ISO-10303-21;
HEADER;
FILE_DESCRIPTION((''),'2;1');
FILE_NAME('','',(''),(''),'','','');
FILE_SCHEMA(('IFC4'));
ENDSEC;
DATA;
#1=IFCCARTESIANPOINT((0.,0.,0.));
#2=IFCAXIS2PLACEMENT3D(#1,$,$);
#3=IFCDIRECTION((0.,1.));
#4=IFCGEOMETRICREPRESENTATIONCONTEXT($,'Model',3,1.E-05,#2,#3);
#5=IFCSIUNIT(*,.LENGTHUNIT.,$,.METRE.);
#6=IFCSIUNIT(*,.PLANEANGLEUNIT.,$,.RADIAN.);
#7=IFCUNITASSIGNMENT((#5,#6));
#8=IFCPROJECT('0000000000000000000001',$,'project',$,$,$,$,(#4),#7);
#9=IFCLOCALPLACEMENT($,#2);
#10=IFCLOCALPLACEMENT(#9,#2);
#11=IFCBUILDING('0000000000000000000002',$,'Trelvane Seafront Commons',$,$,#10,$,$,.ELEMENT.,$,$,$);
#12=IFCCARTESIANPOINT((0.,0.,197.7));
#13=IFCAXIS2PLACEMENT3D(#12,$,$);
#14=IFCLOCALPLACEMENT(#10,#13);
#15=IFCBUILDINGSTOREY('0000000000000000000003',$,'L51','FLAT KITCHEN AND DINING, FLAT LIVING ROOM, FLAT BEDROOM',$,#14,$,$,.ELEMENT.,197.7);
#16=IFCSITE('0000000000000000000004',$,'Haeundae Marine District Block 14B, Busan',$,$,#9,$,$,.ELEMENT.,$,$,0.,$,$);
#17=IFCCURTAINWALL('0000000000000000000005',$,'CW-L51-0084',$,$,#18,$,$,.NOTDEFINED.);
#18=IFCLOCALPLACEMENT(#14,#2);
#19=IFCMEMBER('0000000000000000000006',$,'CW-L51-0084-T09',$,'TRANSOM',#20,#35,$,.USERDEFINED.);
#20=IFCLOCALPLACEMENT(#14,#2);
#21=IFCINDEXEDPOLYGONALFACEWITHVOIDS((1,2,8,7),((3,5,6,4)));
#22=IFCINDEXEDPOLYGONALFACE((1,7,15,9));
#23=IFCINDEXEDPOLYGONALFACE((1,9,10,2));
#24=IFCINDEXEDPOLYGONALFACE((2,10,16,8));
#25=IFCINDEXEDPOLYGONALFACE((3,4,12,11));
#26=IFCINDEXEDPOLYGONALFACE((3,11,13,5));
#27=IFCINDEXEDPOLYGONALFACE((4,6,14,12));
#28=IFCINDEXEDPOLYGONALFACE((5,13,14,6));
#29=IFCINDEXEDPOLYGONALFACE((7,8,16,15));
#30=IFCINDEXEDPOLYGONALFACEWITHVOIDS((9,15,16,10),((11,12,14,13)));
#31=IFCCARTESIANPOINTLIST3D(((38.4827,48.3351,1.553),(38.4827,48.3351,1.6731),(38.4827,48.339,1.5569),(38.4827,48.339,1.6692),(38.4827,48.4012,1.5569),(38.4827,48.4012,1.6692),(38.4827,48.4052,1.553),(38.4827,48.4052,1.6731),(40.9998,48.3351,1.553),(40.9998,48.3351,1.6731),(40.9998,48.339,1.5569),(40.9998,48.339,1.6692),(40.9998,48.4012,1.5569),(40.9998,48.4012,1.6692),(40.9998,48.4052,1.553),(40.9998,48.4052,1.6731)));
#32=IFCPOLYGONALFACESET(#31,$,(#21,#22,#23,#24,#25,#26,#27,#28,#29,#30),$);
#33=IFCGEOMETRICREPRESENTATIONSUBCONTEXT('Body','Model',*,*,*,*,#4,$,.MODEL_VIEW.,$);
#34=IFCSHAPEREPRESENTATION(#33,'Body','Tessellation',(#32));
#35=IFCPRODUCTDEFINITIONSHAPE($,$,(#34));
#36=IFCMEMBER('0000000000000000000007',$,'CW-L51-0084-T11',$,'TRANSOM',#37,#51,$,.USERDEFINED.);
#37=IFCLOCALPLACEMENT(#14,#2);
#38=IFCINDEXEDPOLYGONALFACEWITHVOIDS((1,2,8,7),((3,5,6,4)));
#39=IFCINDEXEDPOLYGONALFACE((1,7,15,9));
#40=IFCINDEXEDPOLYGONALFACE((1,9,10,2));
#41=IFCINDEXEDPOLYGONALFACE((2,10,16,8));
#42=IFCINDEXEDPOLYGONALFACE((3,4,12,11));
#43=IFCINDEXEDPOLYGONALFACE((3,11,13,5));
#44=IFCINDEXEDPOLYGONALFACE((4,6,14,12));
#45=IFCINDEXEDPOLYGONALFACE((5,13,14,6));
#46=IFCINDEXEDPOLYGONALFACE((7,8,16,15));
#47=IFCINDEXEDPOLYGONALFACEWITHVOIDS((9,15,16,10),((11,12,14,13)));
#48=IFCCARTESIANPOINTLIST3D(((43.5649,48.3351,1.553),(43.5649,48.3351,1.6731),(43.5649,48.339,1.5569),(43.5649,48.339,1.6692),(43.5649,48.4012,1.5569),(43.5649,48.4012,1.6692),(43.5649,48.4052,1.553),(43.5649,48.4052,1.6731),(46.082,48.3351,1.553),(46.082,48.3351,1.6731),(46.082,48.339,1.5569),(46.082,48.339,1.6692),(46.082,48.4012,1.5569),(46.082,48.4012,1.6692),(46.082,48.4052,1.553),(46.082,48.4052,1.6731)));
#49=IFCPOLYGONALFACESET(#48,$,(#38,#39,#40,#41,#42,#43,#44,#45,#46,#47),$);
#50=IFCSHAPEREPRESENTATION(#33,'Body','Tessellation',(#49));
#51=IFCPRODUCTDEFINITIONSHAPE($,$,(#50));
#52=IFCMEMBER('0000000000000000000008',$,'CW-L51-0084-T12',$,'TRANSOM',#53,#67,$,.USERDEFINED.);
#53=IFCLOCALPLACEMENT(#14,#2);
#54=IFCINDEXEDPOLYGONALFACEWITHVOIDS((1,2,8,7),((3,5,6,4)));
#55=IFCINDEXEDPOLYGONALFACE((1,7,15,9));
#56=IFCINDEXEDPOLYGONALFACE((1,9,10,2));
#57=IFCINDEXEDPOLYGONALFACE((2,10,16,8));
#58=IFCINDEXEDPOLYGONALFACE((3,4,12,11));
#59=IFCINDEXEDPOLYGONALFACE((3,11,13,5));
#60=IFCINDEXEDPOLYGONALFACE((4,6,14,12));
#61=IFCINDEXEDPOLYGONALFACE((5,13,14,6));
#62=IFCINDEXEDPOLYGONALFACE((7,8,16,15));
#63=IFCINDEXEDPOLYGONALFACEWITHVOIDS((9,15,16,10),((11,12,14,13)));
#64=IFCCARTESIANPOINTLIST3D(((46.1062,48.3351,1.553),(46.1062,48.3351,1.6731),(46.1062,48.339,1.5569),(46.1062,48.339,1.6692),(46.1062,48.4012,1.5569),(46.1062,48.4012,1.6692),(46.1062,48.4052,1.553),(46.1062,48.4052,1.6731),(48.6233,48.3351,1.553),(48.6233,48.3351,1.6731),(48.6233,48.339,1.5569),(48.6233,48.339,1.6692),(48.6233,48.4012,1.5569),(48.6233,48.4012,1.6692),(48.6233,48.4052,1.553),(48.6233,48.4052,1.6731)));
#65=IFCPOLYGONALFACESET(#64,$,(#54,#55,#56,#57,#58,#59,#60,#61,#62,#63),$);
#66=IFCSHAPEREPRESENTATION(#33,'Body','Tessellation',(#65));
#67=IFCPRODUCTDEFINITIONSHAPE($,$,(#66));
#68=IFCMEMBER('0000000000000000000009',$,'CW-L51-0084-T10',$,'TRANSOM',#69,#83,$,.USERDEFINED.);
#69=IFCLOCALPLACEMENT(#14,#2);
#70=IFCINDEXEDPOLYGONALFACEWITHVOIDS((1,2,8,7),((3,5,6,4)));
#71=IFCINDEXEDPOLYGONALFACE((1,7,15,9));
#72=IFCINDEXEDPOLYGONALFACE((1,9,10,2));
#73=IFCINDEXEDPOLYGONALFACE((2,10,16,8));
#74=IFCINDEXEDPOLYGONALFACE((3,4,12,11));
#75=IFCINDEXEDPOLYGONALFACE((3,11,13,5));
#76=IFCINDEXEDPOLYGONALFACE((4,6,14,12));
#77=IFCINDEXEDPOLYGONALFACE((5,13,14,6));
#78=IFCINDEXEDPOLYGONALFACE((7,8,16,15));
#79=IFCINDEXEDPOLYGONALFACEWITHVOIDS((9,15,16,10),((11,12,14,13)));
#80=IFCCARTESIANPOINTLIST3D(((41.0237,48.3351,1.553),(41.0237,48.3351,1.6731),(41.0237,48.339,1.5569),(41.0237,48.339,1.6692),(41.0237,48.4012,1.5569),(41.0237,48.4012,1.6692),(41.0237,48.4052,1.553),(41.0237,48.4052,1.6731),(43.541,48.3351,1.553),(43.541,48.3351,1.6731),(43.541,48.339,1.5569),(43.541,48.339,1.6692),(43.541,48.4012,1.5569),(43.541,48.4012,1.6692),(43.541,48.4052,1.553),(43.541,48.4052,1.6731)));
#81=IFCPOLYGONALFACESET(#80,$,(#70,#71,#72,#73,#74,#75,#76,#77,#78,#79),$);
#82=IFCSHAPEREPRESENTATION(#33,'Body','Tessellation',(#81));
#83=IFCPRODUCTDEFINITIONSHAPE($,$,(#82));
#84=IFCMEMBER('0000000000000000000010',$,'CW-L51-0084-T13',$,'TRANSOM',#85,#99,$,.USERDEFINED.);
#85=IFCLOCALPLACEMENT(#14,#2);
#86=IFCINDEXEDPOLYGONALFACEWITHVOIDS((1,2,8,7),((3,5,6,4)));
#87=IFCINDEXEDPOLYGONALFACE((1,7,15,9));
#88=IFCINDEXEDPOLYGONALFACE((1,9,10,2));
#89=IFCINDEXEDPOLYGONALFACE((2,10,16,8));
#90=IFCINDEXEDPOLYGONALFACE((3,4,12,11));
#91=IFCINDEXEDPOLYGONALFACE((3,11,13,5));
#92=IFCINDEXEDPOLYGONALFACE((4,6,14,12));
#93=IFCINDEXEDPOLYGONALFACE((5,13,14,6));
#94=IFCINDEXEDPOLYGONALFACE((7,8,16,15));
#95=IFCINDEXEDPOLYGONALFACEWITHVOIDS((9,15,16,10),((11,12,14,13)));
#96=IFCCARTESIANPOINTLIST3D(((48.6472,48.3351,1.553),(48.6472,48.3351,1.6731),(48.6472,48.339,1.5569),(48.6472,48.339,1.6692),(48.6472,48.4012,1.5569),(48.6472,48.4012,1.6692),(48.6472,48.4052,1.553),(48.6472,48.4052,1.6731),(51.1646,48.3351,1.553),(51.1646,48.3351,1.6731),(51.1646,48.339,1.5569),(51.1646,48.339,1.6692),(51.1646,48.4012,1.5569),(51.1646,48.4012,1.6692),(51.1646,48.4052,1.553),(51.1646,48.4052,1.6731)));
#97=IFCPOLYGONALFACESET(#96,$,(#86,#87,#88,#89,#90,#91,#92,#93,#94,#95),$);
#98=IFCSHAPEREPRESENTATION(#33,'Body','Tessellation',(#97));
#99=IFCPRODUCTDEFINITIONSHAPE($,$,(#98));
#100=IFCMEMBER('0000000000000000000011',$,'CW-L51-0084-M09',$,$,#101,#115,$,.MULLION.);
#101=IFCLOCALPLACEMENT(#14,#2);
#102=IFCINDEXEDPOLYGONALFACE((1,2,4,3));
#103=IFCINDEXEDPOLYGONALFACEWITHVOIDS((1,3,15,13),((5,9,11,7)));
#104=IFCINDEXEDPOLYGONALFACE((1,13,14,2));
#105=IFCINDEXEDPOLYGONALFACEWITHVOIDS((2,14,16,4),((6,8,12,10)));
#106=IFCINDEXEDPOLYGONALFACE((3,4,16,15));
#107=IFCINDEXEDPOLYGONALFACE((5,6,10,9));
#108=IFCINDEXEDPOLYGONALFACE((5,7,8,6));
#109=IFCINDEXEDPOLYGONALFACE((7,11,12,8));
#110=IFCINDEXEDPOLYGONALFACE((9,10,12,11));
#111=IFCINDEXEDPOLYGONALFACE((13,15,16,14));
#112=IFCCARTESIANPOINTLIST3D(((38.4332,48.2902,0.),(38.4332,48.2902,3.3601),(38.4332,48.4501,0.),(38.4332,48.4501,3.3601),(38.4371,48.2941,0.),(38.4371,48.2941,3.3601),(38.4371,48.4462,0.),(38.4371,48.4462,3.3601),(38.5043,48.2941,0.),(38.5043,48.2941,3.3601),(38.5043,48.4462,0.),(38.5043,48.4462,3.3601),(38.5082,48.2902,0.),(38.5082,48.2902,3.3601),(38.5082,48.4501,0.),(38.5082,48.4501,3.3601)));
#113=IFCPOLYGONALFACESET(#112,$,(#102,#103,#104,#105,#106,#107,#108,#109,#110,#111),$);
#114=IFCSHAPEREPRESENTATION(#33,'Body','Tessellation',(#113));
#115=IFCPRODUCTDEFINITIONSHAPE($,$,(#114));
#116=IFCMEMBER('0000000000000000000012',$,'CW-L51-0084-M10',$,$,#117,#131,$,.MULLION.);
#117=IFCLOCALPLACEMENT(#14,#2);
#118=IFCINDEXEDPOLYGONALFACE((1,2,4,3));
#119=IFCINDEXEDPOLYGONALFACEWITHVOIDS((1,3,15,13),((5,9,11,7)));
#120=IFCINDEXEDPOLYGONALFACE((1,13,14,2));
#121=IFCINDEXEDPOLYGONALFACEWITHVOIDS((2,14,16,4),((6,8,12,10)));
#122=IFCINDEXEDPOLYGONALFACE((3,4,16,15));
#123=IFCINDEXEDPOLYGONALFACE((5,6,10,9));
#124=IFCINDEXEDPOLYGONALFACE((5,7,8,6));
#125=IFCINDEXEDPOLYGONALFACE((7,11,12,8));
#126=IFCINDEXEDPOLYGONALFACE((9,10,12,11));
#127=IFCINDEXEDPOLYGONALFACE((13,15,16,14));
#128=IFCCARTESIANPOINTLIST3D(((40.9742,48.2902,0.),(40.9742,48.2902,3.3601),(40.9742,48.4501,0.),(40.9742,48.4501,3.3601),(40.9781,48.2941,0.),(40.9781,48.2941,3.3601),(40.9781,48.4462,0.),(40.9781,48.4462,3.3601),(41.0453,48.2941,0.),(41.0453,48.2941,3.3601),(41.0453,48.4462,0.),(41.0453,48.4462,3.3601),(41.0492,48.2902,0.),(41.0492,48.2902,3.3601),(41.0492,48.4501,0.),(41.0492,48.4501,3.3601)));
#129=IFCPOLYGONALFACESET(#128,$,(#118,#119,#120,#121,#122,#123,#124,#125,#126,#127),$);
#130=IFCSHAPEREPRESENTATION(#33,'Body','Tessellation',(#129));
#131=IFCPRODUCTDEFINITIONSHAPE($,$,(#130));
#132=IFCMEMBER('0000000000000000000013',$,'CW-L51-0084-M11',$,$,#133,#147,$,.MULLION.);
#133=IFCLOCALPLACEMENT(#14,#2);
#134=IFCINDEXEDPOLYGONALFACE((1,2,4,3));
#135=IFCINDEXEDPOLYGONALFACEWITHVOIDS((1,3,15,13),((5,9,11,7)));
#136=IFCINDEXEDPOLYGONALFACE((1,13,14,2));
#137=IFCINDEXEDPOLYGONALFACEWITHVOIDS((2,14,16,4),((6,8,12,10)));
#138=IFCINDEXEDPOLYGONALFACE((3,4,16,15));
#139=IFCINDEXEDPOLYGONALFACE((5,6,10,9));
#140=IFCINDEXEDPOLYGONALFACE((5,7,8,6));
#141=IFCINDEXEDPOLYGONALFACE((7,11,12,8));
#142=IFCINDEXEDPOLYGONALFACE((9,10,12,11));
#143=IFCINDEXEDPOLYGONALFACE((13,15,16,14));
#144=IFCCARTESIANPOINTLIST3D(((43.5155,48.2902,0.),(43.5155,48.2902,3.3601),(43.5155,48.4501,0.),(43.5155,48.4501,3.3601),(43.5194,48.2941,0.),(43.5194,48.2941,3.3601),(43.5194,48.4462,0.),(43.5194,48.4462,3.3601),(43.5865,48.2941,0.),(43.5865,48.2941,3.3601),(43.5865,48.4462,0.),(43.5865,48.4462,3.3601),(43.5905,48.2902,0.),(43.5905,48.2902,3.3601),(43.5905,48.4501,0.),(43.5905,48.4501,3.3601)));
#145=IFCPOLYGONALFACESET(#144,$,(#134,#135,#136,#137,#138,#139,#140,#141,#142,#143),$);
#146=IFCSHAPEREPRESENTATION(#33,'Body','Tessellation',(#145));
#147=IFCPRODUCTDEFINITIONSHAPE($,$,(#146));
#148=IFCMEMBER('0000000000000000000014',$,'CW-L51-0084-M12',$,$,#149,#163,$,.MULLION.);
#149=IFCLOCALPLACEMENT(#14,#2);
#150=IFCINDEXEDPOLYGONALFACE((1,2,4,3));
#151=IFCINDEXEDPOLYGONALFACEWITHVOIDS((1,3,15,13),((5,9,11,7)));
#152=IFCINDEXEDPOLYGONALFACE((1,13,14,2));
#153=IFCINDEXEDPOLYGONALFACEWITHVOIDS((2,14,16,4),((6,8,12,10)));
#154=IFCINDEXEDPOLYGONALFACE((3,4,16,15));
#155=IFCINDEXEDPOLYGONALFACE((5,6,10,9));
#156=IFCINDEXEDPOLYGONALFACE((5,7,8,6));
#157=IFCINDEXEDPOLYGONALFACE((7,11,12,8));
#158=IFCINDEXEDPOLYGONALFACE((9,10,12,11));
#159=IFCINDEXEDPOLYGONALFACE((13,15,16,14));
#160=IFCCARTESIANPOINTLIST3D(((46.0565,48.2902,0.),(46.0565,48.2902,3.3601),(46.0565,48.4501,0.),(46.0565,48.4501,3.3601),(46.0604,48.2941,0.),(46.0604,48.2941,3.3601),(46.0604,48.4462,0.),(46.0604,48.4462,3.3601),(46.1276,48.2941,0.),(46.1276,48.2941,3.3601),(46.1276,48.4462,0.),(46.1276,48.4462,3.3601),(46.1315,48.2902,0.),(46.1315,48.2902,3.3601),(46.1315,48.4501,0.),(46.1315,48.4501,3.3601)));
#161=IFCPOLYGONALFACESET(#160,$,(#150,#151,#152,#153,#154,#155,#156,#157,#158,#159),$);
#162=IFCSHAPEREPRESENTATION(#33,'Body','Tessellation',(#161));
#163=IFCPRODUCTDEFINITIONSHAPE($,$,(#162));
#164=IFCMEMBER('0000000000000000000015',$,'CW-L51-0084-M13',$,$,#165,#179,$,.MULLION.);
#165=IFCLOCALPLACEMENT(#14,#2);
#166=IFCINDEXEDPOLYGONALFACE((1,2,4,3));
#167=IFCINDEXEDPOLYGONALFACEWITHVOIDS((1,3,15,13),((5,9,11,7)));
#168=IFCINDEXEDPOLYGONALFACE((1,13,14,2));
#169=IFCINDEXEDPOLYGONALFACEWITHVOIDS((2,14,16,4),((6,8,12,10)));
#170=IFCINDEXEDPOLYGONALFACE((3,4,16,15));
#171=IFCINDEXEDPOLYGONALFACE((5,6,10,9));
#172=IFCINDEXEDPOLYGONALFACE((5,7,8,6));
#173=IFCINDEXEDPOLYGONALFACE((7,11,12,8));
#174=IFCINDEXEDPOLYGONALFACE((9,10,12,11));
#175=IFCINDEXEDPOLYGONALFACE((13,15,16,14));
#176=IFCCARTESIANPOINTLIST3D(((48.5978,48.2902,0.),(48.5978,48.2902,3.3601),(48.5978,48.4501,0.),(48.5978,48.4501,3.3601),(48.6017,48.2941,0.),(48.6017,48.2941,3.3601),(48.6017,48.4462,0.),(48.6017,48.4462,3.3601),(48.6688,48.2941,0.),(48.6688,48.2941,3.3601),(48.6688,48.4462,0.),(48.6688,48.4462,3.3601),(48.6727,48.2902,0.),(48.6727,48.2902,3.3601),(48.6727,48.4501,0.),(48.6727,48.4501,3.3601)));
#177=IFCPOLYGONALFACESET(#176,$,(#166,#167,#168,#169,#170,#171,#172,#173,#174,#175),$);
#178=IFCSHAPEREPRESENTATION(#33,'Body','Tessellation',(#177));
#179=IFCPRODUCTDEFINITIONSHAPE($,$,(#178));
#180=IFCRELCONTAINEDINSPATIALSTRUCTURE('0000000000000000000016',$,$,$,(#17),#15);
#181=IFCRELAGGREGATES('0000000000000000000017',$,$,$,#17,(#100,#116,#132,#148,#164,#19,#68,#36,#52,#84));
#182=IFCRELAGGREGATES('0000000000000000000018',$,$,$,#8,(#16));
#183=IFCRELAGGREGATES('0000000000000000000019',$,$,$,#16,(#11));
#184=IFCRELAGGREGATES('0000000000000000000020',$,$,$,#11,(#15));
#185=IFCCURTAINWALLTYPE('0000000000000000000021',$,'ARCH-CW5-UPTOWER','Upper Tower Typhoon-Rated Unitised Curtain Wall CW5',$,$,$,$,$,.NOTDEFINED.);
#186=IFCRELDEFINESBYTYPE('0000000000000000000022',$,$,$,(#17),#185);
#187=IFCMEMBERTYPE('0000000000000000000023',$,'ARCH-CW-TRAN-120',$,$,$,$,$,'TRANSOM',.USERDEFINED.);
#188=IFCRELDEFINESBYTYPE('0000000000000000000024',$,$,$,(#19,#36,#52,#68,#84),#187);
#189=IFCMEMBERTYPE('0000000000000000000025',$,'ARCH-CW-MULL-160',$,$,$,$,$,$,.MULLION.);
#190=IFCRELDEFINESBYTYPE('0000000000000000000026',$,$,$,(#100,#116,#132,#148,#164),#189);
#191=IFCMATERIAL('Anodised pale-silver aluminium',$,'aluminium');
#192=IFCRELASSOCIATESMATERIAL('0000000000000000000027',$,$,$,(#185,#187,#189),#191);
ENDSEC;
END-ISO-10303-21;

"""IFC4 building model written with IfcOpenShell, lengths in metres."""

from ifc_helpers import new_model, si_unit, direction, frame, origin, origin_2d, place, context, subcontext, project, spatial, hollow_rectangle, extrude, source, transform, mapped, material, material_profile, profile_set, type_object, element, aggregate, save


model = new_model("IFC4")

# Units and contexts
model_context = context("Model", 3, precision=1e-05, world=origin(), true_north=direction((0.0, 1.0)))
body_context = subcontext(model_context, "Body", "Model", "MODEL_VIEW")
ifc_project = project(units=[si_unit("LENGTHUNIT", "METRE"), si_unit("PLANEANGLEUNIT", "RADIAN")], contexts=[model_context])

# Site, building, storey
site_placement = place(None, origin())
site = spatial("IfcSite", under=ifc_project, at=site_placement, Name="Haeundae Marine District Block 14B, Busan", CompositionType="ELEMENT", RefElevation=0.0)
building_placement = place(site_placement, origin())
building = spatial("IfcBuilding", under=site, at=building_placement, Name="Trelvane Seafront Commons", CompositionType="ELEMENT")
storey_placement = place(building_placement, frame((0.0, 0.0, 197.7)))
storey = spatial("IfcBuildingStorey", under=building, at=storey_placement, Name="L51", Description="FLAT KITCHEN AND DINING, FLAT LIVING ROOM, FLAT BEDROOM", CompositionType="ELEMENT", Elevation=197.7)

# Curtain wall, members
ifc_material_1 = material(Name="Anodised pale-silver aluminium", Category="aluminium")
curtain_wall_type = type_object("IfcCurtainWallType", Name="ARCH-CW5-UPTOWER", Description="Upper Tower Typhoon-Rated Unitised Curtain Wall CW5", PredefinedType="NOTDEFINED", material=ifc_material_1)
curtain_wall_placement = place(storey_placement, origin())
curtain_wall = element("IfcCurtainWall", 1, at=curtain_wall_placement, inside=storey, type_object=curtain_wall_type, Name="CW-L51-0084", PredefinedType="NOTDEFINED")
ifc_material_profile_1 = material_profile(ifc_material_1, hollow_rectangle(XDim=0.0701, YDim=0.1201, WallThickness=0.0039, at=origin_2d()), Name="TRAN-70x120x4")
ifc_profile_set_1 = profile_set([ifc_material_profile_1], Name="Anodised pale-silver aluminium")
member_type_1 = type_object("IfcMemberType", Name="ARCH-CW-TRAN-120", ElementType="TRANSOM", PredefinedType="USERDEFINED", material=ifc_profile_set_1)
shared_shape_1 = source(origin(), body_context, "Body", "SweptSolid", [
    extrude(hollow_rectangle(XDim=0.0701, YDim=0.1201, WallThickness=0.0039, at=origin_2d()), origin(), (0.0, 0.0, 1.0), 2.5171),
])
member_1_placement = place(storey_placement, frame((38.4827, 48.3701, 1.613), z_axis=(1.0, 0.0, 0.0), x_axis=(0.0, 1.0, 0.0)))
member_1 = element("IfcMember", 2, at=member_1_placement, type_object=member_type_1, Name="CW-L51-0084-T09", ObjectType="TRANSOM", PredefinedType="USERDEFINED", context=body_context, shape_type="MappedRepresentation", body=[
    mapped(shared_shape_1, transform((0.0, 0.0, 0.0), x_axis=(1.0, 0.0, 0.0), y_axis=(0.0, 1.0, 0.0), z_axis=(0.0, 0.0, 1.0), scale=1.0)),
])
member_2_placement = place(storey_placement, frame((43.5649, 48.3701, 1.613), z_axis=(1.0, 0.0, 0.0), x_axis=(0.0, 1.0, 0.0)))
member_2 = element("IfcMember", 3, at=member_2_placement, type_object=member_type_1, Name="CW-L51-0084-T11", ObjectType="TRANSOM", PredefinedType="USERDEFINED", context=body_context, shape_type="MappedRepresentation", body=[
    mapped(shared_shape_1, transform((0.0, 0.0, 0.0), x_axis=(1.0, 0.0, 0.0), y_axis=(0.0, 1.0, 0.0), z_axis=(0.0, 0.0, 1.0), scale=1.0)),
])
member_3_placement = place(storey_placement, frame((46.1062, 48.3701, 1.613), z_axis=(1.0, 0.0, 0.0), x_axis=(0.0, 1.0, 0.0)))
member_3 = element("IfcMember", 4, at=member_3_placement, type_object=member_type_1, Name="CW-L51-0084-T12", ObjectType="TRANSOM", PredefinedType="USERDEFINED", context=body_context, shape_type="MappedRepresentation", body=[
    mapped(shared_shape_1, transform((0.0, 0.0, 0.0), x_axis=(1.0, 0.0, 0.0), y_axis=(0.0, 1.0, 0.0), z_axis=(0.0, 0.0, 1.0), scale=1.0)),
])
shared_shape_2 = source(origin(), body_context, "Body", "SweptSolid", [
    extrude(hollow_rectangle(XDim=0.0701, YDim=0.1201, WallThickness=0.0039, at=origin_2d()), origin(), (0.0, 0.0, 1.0), 2.5173),
])
member_4_placement = place(storey_placement, frame((41.0237, 48.3701, 1.613), z_axis=(1.0, 0.0, 0.0), x_axis=(0.0, 1.0, 0.0)))
member_4 = element("IfcMember", 5, at=member_4_placement, type_object=member_type_1, Name="CW-L51-0084-T10", ObjectType="TRANSOM", PredefinedType="USERDEFINED", context=body_context, shape_type="MappedRepresentation", body=[
    mapped(shared_shape_2, transform((0.0, 0.0, 0.0), x_axis=(1.0, 0.0, 0.0), y_axis=(0.0, 1.0, 0.0), z_axis=(0.0, 0.0, 1.0), scale=1.0)),
])
member_5_placement = place(storey_placement, frame((48.6472, 48.3701, 1.613), z_axis=(1.0, 0.0, 0.0), x_axis=(0.0, 1.0, 0.0)))
member_5 = element("IfcMember", 6, at=member_5_placement, type_object=member_type_1, Name="CW-L51-0084-T13", ObjectType="TRANSOM", PredefinedType="USERDEFINED", context=body_context, shape_type="MappedRepresentation", body=[
    mapped(shared_shape_2, transform((0.0, 0.0, 0.0), x_axis=(1.0, 0.0, 0.0), y_axis=(0.0, 1.0, 0.0), z_axis=(0.0, 0.0, 1.0), scale=1.0)),
])
ifc_material_profile_2 = material_profile(ifc_material_1, hollow_rectangle(XDim=0.075, YDim=0.1599, WallThickness=0.0039, at=origin_2d()), Name="MULL-75x160x4")
ifc_profile_set_2 = profile_set([ifc_material_profile_2], Name="Anodised pale-silver aluminium")
member_type_2 = type_object("IfcMemberType", Name="ARCH-CW-MULL-160", PredefinedType="MULLION", material=ifc_profile_set_2)
shared_shape_3 = source(origin(), body_context, "Body", "SweptSolid", [
    extrude(hollow_rectangle(XDim=0.075, YDim=0.1599, WallThickness=0.0039, at=origin_2d()), origin(), (0.0, 0.0, 1.0), 3.3601),
])
member_6_placement = place(storey_placement, frame((38.4707, 48.3701, 0.0), z_axis=(0.0, 0.0, 1.0), x_axis=(1.0, 0.0, 0.0)))
member_6 = element("IfcMember", 7, at=member_6_placement, type_object=member_type_2, Name="CW-L51-0084-M09", PredefinedType="MULLION", context=body_context, shape_type="MappedRepresentation", body=[
    mapped(shared_shape_3, transform((0.0, 0.0, 0.0), x_axis=(1.0, 0.0, 0.0), y_axis=(0.0, 1.0, 0.0), z_axis=(0.0, 0.0, 1.0), scale=1.0)),
])
member_7_placement = place(storey_placement, frame((41.0117, 48.3701, 0.0), z_axis=(0.0, 0.0, 1.0), x_axis=(1.0, 0.0, 0.0)))
member_7 = element("IfcMember", 8, at=member_7_placement, type_object=member_type_2, Name="CW-L51-0084-M10", PredefinedType="MULLION", context=body_context, shape_type="MappedRepresentation", body=[
    mapped(shared_shape_3, transform((0.0, 0.0, 0.0), x_axis=(1.0, 0.0, 0.0), y_axis=(0.0, 1.0, 0.0), z_axis=(0.0, 0.0, 1.0), scale=1.0)),
])
member_8_placement = place(storey_placement, frame((43.553, 48.3701, 0.0), z_axis=(0.0, 0.0, 1.0), x_axis=(1.0, 0.0, 0.0)))
member_8 = element("IfcMember", 9, at=member_8_placement, type_object=member_type_2, Name="CW-L51-0084-M11", PredefinedType="MULLION", context=body_context, shape_type="MappedRepresentation", body=[
    mapped(shared_shape_3, transform((0.0, 0.0, 0.0), x_axis=(1.0, 0.0, 0.0), y_axis=(0.0, 1.0, 0.0), z_axis=(0.0, 0.0, 1.0), scale=1.0)),
])
member_9_placement = place(storey_placement, frame((46.094, 48.3701, 0.0), z_axis=(0.0, 0.0, 1.0), x_axis=(1.0, 0.0, 0.0)))
member_9 = element("IfcMember", 10, at=member_9_placement, type_object=member_type_2, Name="CW-L51-0084-M12", PredefinedType="MULLION", context=body_context, shape_type="MappedRepresentation", body=[
    mapped(shared_shape_3, transform((0.0, 0.0, 0.0), x_axis=(1.0, 0.0, 0.0), y_axis=(0.0, 1.0, 0.0), z_axis=(0.0, 0.0, 1.0), scale=1.0)),
])
member_10_placement = place(storey_placement, frame((48.6353, 48.3701, 0.0), z_axis=(0.0, 0.0, 1.0), x_axis=(1.0, 0.0, 0.0)))
member_10 = element("IfcMember", 11, at=member_10_placement, type_object=member_type_2, Name="CW-L51-0084-M13", PredefinedType="MULLION", context=body_context, shape_type="MappedRepresentation", body=[
    mapped(shared_shape_3, transform((0.0, 0.0, 0.0), x_axis=(1.0, 0.0, 0.0), y_axis=(0.0, 1.0, 0.0), z_axis=(0.0, 0.0, 1.0), scale=1.0)),
])

aggregate(curtain_wall, [member_6, member_7, member_8, member_9, member_10, member_1, member_4, member_2, member_3, member_5])

save(model, "model.ifc")
